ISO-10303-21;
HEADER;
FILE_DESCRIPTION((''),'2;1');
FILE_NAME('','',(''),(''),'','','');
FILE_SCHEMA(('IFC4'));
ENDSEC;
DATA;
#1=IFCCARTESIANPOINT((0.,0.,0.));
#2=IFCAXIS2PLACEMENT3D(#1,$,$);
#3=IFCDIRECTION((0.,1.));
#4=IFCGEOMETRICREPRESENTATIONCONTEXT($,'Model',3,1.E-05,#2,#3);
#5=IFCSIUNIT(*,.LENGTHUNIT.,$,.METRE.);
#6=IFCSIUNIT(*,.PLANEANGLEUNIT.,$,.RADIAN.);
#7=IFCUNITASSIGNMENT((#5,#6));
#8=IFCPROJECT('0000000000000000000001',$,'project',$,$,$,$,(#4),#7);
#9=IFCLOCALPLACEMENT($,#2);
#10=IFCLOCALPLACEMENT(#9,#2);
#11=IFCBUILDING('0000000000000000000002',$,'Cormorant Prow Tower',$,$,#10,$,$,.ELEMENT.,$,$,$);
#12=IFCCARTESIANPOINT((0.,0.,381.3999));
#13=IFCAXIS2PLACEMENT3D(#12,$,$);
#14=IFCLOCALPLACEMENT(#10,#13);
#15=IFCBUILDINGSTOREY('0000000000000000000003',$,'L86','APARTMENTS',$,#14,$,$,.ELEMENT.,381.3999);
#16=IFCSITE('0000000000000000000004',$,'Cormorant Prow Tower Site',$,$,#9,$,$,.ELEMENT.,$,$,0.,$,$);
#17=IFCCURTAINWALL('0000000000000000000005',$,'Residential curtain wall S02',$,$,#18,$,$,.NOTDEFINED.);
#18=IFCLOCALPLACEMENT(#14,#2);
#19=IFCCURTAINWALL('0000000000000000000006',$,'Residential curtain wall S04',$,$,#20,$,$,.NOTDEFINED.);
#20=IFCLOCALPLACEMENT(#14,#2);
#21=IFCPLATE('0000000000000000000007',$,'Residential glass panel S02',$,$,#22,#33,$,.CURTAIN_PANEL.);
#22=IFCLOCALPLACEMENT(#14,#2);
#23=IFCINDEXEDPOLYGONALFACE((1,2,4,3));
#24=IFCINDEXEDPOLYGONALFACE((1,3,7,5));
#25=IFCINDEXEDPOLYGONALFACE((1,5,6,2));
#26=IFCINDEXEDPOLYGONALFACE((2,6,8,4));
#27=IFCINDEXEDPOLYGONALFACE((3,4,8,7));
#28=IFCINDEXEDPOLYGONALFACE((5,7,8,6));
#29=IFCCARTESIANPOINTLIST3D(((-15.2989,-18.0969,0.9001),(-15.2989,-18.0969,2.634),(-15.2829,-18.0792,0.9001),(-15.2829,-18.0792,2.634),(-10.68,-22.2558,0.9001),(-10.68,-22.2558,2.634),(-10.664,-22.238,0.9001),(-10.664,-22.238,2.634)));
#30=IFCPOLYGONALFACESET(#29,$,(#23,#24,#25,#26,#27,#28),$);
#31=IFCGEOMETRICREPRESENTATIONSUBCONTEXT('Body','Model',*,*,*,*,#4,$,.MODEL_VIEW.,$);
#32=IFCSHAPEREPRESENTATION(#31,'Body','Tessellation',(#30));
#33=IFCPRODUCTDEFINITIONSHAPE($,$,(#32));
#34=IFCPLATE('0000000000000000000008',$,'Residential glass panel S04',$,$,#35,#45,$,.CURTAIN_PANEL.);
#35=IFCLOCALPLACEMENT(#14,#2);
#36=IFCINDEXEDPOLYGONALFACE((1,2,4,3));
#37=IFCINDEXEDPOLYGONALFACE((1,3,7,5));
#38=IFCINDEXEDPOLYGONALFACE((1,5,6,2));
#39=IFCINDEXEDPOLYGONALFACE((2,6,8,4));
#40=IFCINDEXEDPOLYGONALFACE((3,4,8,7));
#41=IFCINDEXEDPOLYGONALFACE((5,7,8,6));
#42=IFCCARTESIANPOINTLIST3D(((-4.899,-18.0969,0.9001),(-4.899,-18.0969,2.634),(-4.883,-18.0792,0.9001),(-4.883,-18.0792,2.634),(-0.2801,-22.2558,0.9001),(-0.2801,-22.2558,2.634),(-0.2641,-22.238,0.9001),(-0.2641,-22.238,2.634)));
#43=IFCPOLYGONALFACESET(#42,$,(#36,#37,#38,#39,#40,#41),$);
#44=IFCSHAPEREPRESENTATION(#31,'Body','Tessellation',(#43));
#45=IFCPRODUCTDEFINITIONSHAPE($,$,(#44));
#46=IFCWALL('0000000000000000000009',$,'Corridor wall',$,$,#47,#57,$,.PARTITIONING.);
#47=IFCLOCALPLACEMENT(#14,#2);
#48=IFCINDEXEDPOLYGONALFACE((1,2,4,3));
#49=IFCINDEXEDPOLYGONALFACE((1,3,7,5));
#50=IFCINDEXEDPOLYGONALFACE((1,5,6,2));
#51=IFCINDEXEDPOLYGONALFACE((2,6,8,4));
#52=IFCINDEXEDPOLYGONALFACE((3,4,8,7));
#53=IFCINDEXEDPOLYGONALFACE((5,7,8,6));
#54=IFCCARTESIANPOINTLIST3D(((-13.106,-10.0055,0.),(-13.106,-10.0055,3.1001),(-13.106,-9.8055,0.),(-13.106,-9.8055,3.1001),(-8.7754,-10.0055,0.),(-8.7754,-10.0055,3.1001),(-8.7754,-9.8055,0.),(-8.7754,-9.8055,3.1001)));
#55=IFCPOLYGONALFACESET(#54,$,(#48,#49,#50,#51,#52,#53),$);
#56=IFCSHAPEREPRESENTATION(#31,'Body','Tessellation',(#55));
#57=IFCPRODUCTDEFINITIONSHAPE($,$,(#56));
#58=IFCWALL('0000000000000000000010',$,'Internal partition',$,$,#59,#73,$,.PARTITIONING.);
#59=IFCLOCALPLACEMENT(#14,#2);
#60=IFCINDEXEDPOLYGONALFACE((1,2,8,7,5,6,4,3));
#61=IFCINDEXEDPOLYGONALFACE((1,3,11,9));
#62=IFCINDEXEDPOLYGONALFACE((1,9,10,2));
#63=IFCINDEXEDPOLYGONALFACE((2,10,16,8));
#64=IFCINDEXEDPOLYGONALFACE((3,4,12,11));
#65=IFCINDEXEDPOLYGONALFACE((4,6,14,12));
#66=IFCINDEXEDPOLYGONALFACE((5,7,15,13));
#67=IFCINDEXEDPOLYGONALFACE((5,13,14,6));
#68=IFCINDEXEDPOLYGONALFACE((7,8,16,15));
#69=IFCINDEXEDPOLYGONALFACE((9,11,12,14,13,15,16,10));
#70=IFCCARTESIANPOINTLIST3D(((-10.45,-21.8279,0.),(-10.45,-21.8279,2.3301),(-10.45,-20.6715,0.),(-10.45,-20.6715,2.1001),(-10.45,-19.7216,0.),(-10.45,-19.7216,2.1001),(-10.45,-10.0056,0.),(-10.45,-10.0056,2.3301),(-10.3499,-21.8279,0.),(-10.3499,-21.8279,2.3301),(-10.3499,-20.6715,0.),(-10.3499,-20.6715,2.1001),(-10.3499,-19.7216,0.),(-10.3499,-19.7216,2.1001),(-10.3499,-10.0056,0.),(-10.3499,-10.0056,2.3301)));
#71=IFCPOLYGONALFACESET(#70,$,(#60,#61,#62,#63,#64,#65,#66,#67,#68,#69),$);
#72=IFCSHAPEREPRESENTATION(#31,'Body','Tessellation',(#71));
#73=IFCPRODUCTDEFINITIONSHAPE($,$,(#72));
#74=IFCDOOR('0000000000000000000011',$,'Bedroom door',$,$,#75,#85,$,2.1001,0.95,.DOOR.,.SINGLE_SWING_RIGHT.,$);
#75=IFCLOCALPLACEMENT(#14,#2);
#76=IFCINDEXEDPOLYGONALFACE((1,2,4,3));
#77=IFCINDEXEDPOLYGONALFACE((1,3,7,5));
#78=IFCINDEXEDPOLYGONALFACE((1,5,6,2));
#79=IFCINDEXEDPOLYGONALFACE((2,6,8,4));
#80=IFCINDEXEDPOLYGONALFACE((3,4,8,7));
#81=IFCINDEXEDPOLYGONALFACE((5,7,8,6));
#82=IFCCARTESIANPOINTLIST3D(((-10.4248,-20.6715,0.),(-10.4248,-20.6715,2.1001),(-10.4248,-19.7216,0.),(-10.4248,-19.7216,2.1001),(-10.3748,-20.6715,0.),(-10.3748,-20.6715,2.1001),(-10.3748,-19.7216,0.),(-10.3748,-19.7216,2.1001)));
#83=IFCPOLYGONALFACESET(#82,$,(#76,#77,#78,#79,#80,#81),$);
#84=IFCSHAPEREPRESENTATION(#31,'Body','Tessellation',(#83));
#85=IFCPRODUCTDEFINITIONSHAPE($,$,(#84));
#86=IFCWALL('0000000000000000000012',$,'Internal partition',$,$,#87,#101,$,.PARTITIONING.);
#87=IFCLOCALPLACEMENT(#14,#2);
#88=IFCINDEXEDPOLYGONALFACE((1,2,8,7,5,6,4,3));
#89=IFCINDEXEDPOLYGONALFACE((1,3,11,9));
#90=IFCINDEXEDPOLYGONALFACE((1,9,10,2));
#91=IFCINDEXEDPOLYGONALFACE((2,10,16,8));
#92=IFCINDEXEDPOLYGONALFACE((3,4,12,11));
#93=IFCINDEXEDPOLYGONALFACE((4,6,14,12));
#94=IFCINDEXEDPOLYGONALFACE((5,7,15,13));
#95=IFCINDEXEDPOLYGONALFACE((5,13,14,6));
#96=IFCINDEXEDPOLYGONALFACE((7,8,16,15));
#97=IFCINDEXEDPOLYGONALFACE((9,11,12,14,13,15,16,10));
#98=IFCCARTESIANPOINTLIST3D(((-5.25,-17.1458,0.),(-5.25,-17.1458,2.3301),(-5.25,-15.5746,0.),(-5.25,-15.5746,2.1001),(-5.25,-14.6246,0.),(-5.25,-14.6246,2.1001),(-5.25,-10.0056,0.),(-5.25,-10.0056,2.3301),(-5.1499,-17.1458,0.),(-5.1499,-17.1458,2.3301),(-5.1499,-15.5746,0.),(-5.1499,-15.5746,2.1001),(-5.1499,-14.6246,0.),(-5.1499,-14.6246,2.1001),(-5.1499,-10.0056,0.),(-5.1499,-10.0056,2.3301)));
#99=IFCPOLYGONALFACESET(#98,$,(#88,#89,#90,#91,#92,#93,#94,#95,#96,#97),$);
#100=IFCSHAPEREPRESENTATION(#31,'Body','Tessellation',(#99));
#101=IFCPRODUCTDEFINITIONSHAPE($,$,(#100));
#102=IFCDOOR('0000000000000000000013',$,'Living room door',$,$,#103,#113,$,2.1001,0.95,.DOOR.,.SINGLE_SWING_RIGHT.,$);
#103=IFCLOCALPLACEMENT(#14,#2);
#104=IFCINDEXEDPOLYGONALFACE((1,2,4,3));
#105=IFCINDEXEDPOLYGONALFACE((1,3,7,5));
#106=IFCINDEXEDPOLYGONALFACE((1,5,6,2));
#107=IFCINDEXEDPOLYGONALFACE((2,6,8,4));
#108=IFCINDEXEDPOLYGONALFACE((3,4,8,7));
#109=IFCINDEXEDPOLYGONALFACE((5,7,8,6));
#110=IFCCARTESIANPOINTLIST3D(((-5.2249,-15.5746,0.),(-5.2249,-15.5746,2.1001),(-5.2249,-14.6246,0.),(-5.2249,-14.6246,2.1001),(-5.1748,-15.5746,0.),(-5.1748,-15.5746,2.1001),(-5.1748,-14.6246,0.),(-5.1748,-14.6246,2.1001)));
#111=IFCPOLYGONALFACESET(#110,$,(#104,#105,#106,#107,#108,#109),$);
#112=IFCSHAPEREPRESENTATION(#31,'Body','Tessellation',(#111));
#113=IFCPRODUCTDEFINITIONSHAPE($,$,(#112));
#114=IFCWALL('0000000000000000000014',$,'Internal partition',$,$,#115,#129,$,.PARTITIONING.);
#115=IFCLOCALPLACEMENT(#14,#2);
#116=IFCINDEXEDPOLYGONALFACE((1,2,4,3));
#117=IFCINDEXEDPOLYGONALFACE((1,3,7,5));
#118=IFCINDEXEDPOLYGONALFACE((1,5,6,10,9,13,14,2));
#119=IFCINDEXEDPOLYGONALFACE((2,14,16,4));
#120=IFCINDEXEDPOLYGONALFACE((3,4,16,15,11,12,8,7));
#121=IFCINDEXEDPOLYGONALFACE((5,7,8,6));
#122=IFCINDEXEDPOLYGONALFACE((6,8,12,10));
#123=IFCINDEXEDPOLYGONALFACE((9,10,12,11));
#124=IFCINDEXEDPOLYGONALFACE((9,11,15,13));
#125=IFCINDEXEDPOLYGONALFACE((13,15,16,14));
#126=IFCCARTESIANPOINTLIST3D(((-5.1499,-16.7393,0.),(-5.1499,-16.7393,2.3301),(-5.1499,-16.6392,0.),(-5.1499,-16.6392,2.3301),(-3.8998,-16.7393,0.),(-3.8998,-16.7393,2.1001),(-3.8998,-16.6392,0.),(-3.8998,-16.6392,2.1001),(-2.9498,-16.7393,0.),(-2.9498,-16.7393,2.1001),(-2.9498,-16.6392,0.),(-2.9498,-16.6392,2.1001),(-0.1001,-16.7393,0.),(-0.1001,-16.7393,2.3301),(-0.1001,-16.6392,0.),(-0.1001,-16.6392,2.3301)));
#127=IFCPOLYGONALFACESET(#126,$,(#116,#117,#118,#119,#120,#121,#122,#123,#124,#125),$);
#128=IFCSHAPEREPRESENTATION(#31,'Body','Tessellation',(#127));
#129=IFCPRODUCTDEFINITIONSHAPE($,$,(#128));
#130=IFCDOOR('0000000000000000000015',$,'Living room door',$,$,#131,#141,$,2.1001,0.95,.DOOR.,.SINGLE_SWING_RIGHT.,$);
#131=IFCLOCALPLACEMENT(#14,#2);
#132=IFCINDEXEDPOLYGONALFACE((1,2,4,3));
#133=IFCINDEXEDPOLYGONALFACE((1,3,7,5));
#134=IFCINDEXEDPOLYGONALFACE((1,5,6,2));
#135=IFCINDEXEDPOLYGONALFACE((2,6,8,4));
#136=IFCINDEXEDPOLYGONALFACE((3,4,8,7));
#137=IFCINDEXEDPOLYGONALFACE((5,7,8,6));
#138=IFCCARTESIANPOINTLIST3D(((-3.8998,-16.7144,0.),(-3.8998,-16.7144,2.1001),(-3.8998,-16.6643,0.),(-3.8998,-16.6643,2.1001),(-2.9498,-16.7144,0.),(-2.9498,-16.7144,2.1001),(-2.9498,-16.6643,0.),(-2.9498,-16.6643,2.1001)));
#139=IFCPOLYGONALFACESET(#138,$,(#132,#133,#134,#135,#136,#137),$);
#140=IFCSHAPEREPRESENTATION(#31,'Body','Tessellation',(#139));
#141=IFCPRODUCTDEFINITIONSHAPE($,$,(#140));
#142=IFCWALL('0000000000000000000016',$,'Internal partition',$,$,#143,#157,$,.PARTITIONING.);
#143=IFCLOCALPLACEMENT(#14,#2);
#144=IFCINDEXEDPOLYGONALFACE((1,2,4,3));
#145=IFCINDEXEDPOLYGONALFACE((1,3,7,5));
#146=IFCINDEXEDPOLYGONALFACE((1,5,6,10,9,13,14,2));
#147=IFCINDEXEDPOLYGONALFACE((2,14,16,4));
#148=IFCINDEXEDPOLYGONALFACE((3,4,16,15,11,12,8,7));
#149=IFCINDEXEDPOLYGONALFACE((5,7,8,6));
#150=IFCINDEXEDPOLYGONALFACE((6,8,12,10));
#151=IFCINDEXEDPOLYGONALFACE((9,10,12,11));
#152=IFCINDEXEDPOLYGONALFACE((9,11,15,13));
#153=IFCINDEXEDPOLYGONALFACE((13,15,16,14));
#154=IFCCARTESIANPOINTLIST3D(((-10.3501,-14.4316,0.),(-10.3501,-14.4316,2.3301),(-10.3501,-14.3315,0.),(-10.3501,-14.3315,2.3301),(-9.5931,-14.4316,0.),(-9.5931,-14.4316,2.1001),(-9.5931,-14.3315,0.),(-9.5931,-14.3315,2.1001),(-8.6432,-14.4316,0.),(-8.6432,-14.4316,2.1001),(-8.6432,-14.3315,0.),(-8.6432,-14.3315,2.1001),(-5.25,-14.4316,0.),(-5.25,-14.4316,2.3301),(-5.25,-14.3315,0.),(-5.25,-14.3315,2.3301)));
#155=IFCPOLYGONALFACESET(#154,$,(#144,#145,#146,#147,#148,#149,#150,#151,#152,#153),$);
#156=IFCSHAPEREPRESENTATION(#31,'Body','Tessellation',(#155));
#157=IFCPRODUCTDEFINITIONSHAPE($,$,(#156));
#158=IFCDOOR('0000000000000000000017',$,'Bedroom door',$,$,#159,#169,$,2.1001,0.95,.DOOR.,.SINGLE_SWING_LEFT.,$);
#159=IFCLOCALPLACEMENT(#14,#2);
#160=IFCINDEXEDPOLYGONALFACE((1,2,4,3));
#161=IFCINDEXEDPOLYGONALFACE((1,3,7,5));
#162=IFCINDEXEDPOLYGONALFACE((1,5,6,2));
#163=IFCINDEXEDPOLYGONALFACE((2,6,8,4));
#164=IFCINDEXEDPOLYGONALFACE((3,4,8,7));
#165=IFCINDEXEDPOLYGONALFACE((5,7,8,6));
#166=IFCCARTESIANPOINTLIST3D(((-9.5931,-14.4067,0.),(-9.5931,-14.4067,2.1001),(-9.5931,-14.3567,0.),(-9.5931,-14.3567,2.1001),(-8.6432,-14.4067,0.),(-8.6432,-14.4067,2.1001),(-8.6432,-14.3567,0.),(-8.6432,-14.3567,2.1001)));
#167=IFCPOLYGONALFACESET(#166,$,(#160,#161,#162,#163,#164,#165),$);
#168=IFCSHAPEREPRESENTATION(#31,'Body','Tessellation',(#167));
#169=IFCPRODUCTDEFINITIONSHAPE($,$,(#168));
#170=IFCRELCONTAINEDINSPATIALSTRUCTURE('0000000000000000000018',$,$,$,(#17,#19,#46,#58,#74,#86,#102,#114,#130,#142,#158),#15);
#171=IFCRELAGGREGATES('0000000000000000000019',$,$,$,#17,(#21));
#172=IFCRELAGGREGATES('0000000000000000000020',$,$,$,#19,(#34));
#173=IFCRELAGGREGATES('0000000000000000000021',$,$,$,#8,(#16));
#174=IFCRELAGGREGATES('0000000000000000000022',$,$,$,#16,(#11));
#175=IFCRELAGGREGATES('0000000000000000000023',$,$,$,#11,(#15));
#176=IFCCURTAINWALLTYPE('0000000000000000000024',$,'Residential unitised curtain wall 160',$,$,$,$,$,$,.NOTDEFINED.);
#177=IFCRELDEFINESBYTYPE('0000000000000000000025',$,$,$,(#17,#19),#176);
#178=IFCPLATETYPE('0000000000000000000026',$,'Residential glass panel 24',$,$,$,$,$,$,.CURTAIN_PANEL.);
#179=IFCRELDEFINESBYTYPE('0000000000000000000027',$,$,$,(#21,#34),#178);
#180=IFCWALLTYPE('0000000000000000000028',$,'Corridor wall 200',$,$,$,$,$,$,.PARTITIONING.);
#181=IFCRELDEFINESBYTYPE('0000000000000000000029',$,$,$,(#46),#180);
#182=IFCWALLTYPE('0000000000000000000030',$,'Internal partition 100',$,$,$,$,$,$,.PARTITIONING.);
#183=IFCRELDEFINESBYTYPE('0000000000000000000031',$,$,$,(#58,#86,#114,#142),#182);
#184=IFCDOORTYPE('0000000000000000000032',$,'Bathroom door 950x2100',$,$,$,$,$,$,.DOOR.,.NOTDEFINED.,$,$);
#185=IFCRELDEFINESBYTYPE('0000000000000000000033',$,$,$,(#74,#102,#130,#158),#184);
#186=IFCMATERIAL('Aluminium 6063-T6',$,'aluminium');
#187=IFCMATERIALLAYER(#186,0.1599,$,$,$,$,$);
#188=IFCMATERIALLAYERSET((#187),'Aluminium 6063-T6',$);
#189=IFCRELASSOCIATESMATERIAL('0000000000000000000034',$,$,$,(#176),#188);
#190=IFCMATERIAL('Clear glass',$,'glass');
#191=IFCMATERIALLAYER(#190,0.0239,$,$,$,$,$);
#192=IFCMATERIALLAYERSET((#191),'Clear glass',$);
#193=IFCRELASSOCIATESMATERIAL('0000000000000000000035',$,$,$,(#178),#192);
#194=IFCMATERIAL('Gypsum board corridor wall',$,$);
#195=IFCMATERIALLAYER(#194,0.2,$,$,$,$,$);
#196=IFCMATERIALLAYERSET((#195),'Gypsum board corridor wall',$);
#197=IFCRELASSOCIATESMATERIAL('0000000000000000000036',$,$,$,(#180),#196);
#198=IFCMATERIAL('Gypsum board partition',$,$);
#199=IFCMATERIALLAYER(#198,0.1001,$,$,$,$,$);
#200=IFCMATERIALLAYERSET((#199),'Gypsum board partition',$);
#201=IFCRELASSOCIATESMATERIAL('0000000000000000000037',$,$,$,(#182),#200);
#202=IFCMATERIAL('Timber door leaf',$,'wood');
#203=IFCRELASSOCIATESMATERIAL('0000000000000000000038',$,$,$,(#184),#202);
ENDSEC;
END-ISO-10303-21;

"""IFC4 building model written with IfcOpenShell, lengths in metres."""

from ifc_helpers import new_model, si_unit, direction, frame, frame_2d, origin, origin_2d, place, context, subcontext, project, spatial, rectangle, extrude, material, layer, layer_set, type_object, element, fill, aggregate, save


model = new_model("IFC4")

# Units and contexts
model_context = context("Model", 3, precision=1e-05, world=origin(), true_north=direction((0.0, 1.0)))
body_context = subcontext(model_context, "Body", "Model", "MODEL_VIEW")
ifc_project = project(units=[si_unit("LENGTHUNIT", "METRE"), si_unit("PLANEANGLEUNIT", "RADIAN")], contexts=[model_context])

# Site, building, storey
site_placement = place(None, origin())
site = spatial("IfcSite", under=ifc_project, at=site_placement, Name="Cormorant Prow Tower Site", CompositionType="ELEMENT", RefElevation=0.0)
building_placement = place(site_placement, origin())
building = spatial("IfcBuilding", under=site, at=building_placement, Name="Cormorant Prow Tower", CompositionType="ELEMENT")
storey_placement = place(building_placement, frame((0.0, 0.0, 381.3999)))
storey = spatial("IfcBuildingStorey", under=building, at=storey_placement, Name="L86", Description="APARTMENTS", CompositionType="ELEMENT", Elevation=381.3999)

# Curtain walls
ifc_material_1 = material(Name="Aluminium 6063-T6", Category="aluminium")
ifc_layer_1 = layer(ifc_material_1, 0.1599)
ifc_layer_set_1 = layer_set([ifc_layer_1], Name="Aluminium 6063-T6")
curtain_wall_type = type_object("IfcCurtainWallType", Name="Residential unitised curtain wall 160", PredefinedType="NOTDEFINED", material=ifc_layer_set_1)
curtain_wall_1_placement = place(storey_placement, origin())
curtain_wall_1 = element("IfcCurtainWall", 1, at=curtain_wall_1_placement, inside=storey, type_object=curtain_wall_type, Name="Residential curtain wall S02", PredefinedType="NOTDEFINED")
curtain_wall_2_placement = place(storey_placement, origin())
curtain_wall_2 = element("IfcCurtainWall", 2, at=curtain_wall_2_placement, inside=storey, type_object=curtain_wall_type, Name="Residential curtain wall S04", PredefinedType="NOTDEFINED")

# Plates
ifc_material_2 = material(Name="Clear glass", Category="glass")
ifc_layer_2 = layer(ifc_material_2, 0.0239)
ifc_layer_set_2 = layer_set([ifc_layer_2], Name="Clear glass")
plate_type = type_object("IfcPlateType", Name="Residential glass panel 24", PredefinedType="CURTAIN_PANEL", material=ifc_layer_set_2)
plate_1_placement = place(storey_placement, frame((-12.9814, -20.1675, 0.9001), z_axis=(0.0, 0.0, 1.0), x_axis=(0.743145, -0.669131, 0.0)))
plate_1 = element("IfcPlate", 3, at=plate_1_placement, type_object=plate_type, Name="Residential glass panel S02", PredefinedType="CURTAIN_PANEL", context=body_context, shape_type="SweptSolid", body=[
    extrude(rectangle(XDim=6.2153, YDim=0.0239, at=origin_2d()), origin(), (0.0, 0.0, 1.0), 1.7339),
])
aggregate(curtain_wall_1, [plate_1])
plate_2_placement = place(storey_placement, frame((-2.5815, -20.1675, 0.9001), z_axis=(0.0, 0.0, 1.0), x_axis=(0.743145, -0.669131, 0.0)))
plate_2 = element("IfcPlate", 4, at=plate_2_placement, type_object=plate_type, Name="Residential glass panel S04", PredefinedType="CURTAIN_PANEL", context=body_context, shape_type="SweptSolid", body=[
    extrude(rectangle(XDim=6.2153, YDim=0.0239, at=origin_2d()), origin(), (0.0, 0.0, 1.0), 1.7339),
])
aggregate(curtain_wall_2, [plate_2])

# Wall
ifc_material_3 = material(Name="Gypsum board corridor wall")
ifc_layer_3 = layer(ifc_material_3, 0.2)
ifc_layer_set_3 = layer_set([ifc_layer_3], Name="Gypsum board corridor wall")
wall_type_1 = type_object("IfcWallType", Name="Corridor wall 200", PredefinedType="PARTITIONING", material=ifc_layer_set_3)
wall_1_placement = place(storey_placement, frame((-13.106, -9.9055, 0.0), z_axis=(0.0, 0.0, 1.0), x_axis=(1.0, 0.0, 0.0)))
element("IfcWall", 5, at=wall_1_placement, inside=storey, type_object=wall_type_1, Name="Corridor wall", PredefinedType="PARTITIONING", context=body_context, shape_type="SweptSolid", body=[
    extrude(rectangle(XDim=4.3306, YDim=0.2, at=frame_2d((2.1653, 0.0))), origin(), (0.0, 0.0, 1.0), 3.1001),
])

# Walls, openings, doors
ifc_material_4 = material(Name="Gypsum board partition")
ifc_layer_4 = layer(ifc_material_4, 0.1001)
ifc_layer_set_4 = layer_set([ifc_layer_4], Name="Gypsum board partition")
wall_type_2 = type_object("IfcWallType", Name="Internal partition 100", PredefinedType="PARTITIONING", material=ifc_layer_set_4)
wall_2_placement = place(storey_placement, frame((-10.3999, -21.8279, 0.0), z_axis=(0.0, 0.0, 1.0), x_axis=(0.0, 1.0, 0.0)))
wall_2 = element("IfcWall", 6, at=wall_2_placement, inside=storey, type_object=wall_type_2, Name="Internal partition", PredefinedType="PARTITIONING", context=body_context, shape_type="SweptSolid", body=[
    extrude(rectangle(XDim=11.8223, YDim=0.1001, at=frame_2d((5.9111, 0.0))), origin(), (0.0, 0.0, 1.0), 2.3301),
])
opening_1_placement = place(wall_2_placement, frame((1.1562, 0.0, 0.0)))
opening_1 = element("IfcOpeningElement", 7, at=opening_1_placement, cuts=wall_2, PredefinedType="OPENING", context=body_context, shape_type="SweptSolid", body=[
    extrude(rectangle(XDim=0.95, YDim=2.1001, at=frame_2d((0.4751, 1.05))), frame((0.0, 0.0601, 0.0), z_axis=(0.0, -1.0, 0.0), x_axis=(1.0, 0.0, 0.0)), (0.0, 0.0, 1.0), 0.1201),
])
ifc_material_5 = material(Name="Timber door leaf", Category="wood")
door_type_1 = type_object("IfcDoorType", Name="Bathroom door 950x2100", OperationType="NOTDEFINED", PredefinedType="DOOR", material=ifc_material_5)
door_1_placement = place(opening_1_placement, origin())
door_1 = element("IfcDoor", 8, at=door_1_placement, inside=storey, type_object=door_type_1, Name="Bedroom door", OperationType="SINGLE_SWING_RIGHT", OverallHeight=2.1001, OverallWidth=0.95, PredefinedType="DOOR", context=body_context, shape_type="SweptSolid", body=[
    extrude(rectangle(XDim=0.95, YDim=2.1001, at=frame_2d((0.4751, 1.05))), frame((0.0, 0.0249, 0.0), z_axis=(0.0, -1.0, 0.0), x_axis=(1.0, 0.0, 0.0)), (0.0, 0.0, 1.0), 0.05),
])
fill(opening_1, door_1)
wall_3_placement = place(storey_placement, frame((-5.2, -17.1458, 0.0), z_axis=(0.0, 0.0, 1.0), x_axis=(0.0, 1.0, 0.0)))
wall_3 = element("IfcWall", 9, at=wall_3_placement, inside=storey, type_object=wall_type_2, Name="Internal partition", PredefinedType="PARTITIONING", context=body_context, shape_type="SweptSolid", body=[
    extrude(rectangle(XDim=7.1401, YDim=0.1001, at=frame_2d((3.5701, 0.0))), origin(), (0.0, 0.0, 1.0), 2.3301),
])
opening_2_placement = place(wall_3_placement, frame((1.571, 0.0, 0.0)))
opening_2 = element("IfcOpeningElement", 10, at=opening_2_placement, cuts=wall_3, PredefinedType="OPENING", context=body_context, shape_type="SweptSolid", body=[
    extrude(rectangle(XDim=0.95, YDim=2.1001, at=frame_2d((0.4751, 1.05))), frame((0.0, 0.0601, 0.0), z_axis=(0.0, -1.0, 0.0), x_axis=(1.0, 0.0, 0.0)), (0.0, 0.0, 1.0), 0.1201),
])
door_2_placement = place(opening_2_placement, origin())
door_2 = element("IfcDoor", 11, at=door_2_placement, inside=storey, type_object=door_type_1, Name="Living room door", OperationType="SINGLE_SWING_RIGHT", OverallHeight=2.1001, OverallWidth=0.95, PredefinedType="DOOR", context=body_context, shape_type="SweptSolid", body=[
    extrude(rectangle(XDim=0.95, YDim=2.1001, at=frame_2d((0.4751, 1.05))), frame((0.0, 0.0249, 0.0), z_axis=(0.0, -1.0, 0.0), x_axis=(1.0, 0.0, 0.0)), (0.0, 0.0, 1.0), 0.05),
])
fill(opening_2, door_2)
wall_4_placement = place(storey_placement, frame((-5.1499, -16.6892, 0.0), z_axis=(0.0, 0.0, 1.0), x_axis=(1.0, 0.0, 0.0)))
wall_4 = element("IfcWall", 12, at=wall_4_placement, inside=storey, type_object=wall_type_2, Name="Internal partition", PredefinedType="PARTITIONING", context=body_context, shape_type="SweptSolid", body=[
    extrude(rectangle(XDim=5.0498, YDim=0.1001, at=frame_2d((2.5249, 0.0))), origin(), (0.0, 0.0, 1.0), 2.3301),
])
opening_3_placement = place(wall_4_placement, frame((1.25, 0.0, 0.0)))
opening_3 = element("IfcOpeningElement", 13, at=opening_3_placement, cuts=wall_4, PredefinedType="OPENING", context=body_context, shape_type="SweptSolid", body=[
    extrude(rectangle(XDim=0.95, YDim=2.1001, at=frame_2d((0.4751, 1.05))), frame((0.0, 0.0601, 0.0), z_axis=(0.0, -1.0, 0.0), x_axis=(1.0, 0.0, 0.0)), (0.0, 0.0, 1.0), 0.1201),
])
door_3_placement = place(opening_3_placement, origin())
door_3 = element("IfcDoor", 14, at=door_3_placement, inside=storey, type_object=door_type_1, Name="Living room door", OperationType="SINGLE_SWING_RIGHT", OverallHeight=2.1001, OverallWidth=0.95, PredefinedType="DOOR", context=body_context, shape_type="SweptSolid", body=[
    extrude(rectangle(XDim=0.95, YDim=2.1001, at=frame_2d((0.4751, 1.05))), frame((0.0, 0.0249, 0.0), z_axis=(0.0, -1.0, 0.0), x_axis=(1.0, 0.0, 0.0)), (0.0, 0.0, 1.0), 0.05),
])
fill(opening_3, door_3)
wall_5_placement = place(storey_placement, frame((-10.3501, -14.3816, 0.0), z_axis=(0.0, 0.0, 1.0), x_axis=(1.0, 0.0, 0.0)))
wall_5 = element("IfcWall", 15, at=wall_5_placement, inside=storey, type_object=wall_type_2, Name="Internal partition", PredefinedType="PARTITIONING", context=body_context, shape_type="SweptSolid", body=[
    extrude(rectangle(XDim=5.1001, YDim=0.1001, at=frame_2d((2.55, 0.0))), origin(), (0.0, 0.0, 1.0), 2.3301),
])
opening_4_placement = place(wall_5_placement, frame((0.7568, 0.0, 0.0)))
opening_4 = element("IfcOpeningElement", 16, at=opening_4_placement, cuts=wall_5, PredefinedType="OPENING", context=body_context, shape_type="SweptSolid", body=[
    extrude(rectangle(XDim=0.95, YDim=2.1001, at=frame_2d((0.4751, 1.05))), frame((0.0, 0.0601, 0.0), z_axis=(0.0, -1.0, 0.0), x_axis=(1.0, 0.0, 0.0)), (0.0, 0.0, 1.0), 0.1201),
])
door_4_placement = place(opening_4_placement, origin())
door_4 = element("IfcDoor", 17, at=door_4_placement, inside=storey, type_object=door_type_1, Name="Bedroom door", OperationType="SINGLE_SWING_LEFT", OverallHeight=2.1001, OverallWidth=0.95, PredefinedType="DOOR", context=body_context, shape_type="SweptSolid", body=[
    extrude(rectangle(XDim=0.95, YDim=2.1001, at=frame_2d((0.4751, 1.05))), frame((0.0, 0.0249, 0.0), z_axis=(0.0, -1.0, 0.0), x_axis=(1.0, 0.0, 0.0)), (0.0, 0.0, 1.0), 0.05),
])
fill(opening_4, door_4)

save(model, "model.ifc")
